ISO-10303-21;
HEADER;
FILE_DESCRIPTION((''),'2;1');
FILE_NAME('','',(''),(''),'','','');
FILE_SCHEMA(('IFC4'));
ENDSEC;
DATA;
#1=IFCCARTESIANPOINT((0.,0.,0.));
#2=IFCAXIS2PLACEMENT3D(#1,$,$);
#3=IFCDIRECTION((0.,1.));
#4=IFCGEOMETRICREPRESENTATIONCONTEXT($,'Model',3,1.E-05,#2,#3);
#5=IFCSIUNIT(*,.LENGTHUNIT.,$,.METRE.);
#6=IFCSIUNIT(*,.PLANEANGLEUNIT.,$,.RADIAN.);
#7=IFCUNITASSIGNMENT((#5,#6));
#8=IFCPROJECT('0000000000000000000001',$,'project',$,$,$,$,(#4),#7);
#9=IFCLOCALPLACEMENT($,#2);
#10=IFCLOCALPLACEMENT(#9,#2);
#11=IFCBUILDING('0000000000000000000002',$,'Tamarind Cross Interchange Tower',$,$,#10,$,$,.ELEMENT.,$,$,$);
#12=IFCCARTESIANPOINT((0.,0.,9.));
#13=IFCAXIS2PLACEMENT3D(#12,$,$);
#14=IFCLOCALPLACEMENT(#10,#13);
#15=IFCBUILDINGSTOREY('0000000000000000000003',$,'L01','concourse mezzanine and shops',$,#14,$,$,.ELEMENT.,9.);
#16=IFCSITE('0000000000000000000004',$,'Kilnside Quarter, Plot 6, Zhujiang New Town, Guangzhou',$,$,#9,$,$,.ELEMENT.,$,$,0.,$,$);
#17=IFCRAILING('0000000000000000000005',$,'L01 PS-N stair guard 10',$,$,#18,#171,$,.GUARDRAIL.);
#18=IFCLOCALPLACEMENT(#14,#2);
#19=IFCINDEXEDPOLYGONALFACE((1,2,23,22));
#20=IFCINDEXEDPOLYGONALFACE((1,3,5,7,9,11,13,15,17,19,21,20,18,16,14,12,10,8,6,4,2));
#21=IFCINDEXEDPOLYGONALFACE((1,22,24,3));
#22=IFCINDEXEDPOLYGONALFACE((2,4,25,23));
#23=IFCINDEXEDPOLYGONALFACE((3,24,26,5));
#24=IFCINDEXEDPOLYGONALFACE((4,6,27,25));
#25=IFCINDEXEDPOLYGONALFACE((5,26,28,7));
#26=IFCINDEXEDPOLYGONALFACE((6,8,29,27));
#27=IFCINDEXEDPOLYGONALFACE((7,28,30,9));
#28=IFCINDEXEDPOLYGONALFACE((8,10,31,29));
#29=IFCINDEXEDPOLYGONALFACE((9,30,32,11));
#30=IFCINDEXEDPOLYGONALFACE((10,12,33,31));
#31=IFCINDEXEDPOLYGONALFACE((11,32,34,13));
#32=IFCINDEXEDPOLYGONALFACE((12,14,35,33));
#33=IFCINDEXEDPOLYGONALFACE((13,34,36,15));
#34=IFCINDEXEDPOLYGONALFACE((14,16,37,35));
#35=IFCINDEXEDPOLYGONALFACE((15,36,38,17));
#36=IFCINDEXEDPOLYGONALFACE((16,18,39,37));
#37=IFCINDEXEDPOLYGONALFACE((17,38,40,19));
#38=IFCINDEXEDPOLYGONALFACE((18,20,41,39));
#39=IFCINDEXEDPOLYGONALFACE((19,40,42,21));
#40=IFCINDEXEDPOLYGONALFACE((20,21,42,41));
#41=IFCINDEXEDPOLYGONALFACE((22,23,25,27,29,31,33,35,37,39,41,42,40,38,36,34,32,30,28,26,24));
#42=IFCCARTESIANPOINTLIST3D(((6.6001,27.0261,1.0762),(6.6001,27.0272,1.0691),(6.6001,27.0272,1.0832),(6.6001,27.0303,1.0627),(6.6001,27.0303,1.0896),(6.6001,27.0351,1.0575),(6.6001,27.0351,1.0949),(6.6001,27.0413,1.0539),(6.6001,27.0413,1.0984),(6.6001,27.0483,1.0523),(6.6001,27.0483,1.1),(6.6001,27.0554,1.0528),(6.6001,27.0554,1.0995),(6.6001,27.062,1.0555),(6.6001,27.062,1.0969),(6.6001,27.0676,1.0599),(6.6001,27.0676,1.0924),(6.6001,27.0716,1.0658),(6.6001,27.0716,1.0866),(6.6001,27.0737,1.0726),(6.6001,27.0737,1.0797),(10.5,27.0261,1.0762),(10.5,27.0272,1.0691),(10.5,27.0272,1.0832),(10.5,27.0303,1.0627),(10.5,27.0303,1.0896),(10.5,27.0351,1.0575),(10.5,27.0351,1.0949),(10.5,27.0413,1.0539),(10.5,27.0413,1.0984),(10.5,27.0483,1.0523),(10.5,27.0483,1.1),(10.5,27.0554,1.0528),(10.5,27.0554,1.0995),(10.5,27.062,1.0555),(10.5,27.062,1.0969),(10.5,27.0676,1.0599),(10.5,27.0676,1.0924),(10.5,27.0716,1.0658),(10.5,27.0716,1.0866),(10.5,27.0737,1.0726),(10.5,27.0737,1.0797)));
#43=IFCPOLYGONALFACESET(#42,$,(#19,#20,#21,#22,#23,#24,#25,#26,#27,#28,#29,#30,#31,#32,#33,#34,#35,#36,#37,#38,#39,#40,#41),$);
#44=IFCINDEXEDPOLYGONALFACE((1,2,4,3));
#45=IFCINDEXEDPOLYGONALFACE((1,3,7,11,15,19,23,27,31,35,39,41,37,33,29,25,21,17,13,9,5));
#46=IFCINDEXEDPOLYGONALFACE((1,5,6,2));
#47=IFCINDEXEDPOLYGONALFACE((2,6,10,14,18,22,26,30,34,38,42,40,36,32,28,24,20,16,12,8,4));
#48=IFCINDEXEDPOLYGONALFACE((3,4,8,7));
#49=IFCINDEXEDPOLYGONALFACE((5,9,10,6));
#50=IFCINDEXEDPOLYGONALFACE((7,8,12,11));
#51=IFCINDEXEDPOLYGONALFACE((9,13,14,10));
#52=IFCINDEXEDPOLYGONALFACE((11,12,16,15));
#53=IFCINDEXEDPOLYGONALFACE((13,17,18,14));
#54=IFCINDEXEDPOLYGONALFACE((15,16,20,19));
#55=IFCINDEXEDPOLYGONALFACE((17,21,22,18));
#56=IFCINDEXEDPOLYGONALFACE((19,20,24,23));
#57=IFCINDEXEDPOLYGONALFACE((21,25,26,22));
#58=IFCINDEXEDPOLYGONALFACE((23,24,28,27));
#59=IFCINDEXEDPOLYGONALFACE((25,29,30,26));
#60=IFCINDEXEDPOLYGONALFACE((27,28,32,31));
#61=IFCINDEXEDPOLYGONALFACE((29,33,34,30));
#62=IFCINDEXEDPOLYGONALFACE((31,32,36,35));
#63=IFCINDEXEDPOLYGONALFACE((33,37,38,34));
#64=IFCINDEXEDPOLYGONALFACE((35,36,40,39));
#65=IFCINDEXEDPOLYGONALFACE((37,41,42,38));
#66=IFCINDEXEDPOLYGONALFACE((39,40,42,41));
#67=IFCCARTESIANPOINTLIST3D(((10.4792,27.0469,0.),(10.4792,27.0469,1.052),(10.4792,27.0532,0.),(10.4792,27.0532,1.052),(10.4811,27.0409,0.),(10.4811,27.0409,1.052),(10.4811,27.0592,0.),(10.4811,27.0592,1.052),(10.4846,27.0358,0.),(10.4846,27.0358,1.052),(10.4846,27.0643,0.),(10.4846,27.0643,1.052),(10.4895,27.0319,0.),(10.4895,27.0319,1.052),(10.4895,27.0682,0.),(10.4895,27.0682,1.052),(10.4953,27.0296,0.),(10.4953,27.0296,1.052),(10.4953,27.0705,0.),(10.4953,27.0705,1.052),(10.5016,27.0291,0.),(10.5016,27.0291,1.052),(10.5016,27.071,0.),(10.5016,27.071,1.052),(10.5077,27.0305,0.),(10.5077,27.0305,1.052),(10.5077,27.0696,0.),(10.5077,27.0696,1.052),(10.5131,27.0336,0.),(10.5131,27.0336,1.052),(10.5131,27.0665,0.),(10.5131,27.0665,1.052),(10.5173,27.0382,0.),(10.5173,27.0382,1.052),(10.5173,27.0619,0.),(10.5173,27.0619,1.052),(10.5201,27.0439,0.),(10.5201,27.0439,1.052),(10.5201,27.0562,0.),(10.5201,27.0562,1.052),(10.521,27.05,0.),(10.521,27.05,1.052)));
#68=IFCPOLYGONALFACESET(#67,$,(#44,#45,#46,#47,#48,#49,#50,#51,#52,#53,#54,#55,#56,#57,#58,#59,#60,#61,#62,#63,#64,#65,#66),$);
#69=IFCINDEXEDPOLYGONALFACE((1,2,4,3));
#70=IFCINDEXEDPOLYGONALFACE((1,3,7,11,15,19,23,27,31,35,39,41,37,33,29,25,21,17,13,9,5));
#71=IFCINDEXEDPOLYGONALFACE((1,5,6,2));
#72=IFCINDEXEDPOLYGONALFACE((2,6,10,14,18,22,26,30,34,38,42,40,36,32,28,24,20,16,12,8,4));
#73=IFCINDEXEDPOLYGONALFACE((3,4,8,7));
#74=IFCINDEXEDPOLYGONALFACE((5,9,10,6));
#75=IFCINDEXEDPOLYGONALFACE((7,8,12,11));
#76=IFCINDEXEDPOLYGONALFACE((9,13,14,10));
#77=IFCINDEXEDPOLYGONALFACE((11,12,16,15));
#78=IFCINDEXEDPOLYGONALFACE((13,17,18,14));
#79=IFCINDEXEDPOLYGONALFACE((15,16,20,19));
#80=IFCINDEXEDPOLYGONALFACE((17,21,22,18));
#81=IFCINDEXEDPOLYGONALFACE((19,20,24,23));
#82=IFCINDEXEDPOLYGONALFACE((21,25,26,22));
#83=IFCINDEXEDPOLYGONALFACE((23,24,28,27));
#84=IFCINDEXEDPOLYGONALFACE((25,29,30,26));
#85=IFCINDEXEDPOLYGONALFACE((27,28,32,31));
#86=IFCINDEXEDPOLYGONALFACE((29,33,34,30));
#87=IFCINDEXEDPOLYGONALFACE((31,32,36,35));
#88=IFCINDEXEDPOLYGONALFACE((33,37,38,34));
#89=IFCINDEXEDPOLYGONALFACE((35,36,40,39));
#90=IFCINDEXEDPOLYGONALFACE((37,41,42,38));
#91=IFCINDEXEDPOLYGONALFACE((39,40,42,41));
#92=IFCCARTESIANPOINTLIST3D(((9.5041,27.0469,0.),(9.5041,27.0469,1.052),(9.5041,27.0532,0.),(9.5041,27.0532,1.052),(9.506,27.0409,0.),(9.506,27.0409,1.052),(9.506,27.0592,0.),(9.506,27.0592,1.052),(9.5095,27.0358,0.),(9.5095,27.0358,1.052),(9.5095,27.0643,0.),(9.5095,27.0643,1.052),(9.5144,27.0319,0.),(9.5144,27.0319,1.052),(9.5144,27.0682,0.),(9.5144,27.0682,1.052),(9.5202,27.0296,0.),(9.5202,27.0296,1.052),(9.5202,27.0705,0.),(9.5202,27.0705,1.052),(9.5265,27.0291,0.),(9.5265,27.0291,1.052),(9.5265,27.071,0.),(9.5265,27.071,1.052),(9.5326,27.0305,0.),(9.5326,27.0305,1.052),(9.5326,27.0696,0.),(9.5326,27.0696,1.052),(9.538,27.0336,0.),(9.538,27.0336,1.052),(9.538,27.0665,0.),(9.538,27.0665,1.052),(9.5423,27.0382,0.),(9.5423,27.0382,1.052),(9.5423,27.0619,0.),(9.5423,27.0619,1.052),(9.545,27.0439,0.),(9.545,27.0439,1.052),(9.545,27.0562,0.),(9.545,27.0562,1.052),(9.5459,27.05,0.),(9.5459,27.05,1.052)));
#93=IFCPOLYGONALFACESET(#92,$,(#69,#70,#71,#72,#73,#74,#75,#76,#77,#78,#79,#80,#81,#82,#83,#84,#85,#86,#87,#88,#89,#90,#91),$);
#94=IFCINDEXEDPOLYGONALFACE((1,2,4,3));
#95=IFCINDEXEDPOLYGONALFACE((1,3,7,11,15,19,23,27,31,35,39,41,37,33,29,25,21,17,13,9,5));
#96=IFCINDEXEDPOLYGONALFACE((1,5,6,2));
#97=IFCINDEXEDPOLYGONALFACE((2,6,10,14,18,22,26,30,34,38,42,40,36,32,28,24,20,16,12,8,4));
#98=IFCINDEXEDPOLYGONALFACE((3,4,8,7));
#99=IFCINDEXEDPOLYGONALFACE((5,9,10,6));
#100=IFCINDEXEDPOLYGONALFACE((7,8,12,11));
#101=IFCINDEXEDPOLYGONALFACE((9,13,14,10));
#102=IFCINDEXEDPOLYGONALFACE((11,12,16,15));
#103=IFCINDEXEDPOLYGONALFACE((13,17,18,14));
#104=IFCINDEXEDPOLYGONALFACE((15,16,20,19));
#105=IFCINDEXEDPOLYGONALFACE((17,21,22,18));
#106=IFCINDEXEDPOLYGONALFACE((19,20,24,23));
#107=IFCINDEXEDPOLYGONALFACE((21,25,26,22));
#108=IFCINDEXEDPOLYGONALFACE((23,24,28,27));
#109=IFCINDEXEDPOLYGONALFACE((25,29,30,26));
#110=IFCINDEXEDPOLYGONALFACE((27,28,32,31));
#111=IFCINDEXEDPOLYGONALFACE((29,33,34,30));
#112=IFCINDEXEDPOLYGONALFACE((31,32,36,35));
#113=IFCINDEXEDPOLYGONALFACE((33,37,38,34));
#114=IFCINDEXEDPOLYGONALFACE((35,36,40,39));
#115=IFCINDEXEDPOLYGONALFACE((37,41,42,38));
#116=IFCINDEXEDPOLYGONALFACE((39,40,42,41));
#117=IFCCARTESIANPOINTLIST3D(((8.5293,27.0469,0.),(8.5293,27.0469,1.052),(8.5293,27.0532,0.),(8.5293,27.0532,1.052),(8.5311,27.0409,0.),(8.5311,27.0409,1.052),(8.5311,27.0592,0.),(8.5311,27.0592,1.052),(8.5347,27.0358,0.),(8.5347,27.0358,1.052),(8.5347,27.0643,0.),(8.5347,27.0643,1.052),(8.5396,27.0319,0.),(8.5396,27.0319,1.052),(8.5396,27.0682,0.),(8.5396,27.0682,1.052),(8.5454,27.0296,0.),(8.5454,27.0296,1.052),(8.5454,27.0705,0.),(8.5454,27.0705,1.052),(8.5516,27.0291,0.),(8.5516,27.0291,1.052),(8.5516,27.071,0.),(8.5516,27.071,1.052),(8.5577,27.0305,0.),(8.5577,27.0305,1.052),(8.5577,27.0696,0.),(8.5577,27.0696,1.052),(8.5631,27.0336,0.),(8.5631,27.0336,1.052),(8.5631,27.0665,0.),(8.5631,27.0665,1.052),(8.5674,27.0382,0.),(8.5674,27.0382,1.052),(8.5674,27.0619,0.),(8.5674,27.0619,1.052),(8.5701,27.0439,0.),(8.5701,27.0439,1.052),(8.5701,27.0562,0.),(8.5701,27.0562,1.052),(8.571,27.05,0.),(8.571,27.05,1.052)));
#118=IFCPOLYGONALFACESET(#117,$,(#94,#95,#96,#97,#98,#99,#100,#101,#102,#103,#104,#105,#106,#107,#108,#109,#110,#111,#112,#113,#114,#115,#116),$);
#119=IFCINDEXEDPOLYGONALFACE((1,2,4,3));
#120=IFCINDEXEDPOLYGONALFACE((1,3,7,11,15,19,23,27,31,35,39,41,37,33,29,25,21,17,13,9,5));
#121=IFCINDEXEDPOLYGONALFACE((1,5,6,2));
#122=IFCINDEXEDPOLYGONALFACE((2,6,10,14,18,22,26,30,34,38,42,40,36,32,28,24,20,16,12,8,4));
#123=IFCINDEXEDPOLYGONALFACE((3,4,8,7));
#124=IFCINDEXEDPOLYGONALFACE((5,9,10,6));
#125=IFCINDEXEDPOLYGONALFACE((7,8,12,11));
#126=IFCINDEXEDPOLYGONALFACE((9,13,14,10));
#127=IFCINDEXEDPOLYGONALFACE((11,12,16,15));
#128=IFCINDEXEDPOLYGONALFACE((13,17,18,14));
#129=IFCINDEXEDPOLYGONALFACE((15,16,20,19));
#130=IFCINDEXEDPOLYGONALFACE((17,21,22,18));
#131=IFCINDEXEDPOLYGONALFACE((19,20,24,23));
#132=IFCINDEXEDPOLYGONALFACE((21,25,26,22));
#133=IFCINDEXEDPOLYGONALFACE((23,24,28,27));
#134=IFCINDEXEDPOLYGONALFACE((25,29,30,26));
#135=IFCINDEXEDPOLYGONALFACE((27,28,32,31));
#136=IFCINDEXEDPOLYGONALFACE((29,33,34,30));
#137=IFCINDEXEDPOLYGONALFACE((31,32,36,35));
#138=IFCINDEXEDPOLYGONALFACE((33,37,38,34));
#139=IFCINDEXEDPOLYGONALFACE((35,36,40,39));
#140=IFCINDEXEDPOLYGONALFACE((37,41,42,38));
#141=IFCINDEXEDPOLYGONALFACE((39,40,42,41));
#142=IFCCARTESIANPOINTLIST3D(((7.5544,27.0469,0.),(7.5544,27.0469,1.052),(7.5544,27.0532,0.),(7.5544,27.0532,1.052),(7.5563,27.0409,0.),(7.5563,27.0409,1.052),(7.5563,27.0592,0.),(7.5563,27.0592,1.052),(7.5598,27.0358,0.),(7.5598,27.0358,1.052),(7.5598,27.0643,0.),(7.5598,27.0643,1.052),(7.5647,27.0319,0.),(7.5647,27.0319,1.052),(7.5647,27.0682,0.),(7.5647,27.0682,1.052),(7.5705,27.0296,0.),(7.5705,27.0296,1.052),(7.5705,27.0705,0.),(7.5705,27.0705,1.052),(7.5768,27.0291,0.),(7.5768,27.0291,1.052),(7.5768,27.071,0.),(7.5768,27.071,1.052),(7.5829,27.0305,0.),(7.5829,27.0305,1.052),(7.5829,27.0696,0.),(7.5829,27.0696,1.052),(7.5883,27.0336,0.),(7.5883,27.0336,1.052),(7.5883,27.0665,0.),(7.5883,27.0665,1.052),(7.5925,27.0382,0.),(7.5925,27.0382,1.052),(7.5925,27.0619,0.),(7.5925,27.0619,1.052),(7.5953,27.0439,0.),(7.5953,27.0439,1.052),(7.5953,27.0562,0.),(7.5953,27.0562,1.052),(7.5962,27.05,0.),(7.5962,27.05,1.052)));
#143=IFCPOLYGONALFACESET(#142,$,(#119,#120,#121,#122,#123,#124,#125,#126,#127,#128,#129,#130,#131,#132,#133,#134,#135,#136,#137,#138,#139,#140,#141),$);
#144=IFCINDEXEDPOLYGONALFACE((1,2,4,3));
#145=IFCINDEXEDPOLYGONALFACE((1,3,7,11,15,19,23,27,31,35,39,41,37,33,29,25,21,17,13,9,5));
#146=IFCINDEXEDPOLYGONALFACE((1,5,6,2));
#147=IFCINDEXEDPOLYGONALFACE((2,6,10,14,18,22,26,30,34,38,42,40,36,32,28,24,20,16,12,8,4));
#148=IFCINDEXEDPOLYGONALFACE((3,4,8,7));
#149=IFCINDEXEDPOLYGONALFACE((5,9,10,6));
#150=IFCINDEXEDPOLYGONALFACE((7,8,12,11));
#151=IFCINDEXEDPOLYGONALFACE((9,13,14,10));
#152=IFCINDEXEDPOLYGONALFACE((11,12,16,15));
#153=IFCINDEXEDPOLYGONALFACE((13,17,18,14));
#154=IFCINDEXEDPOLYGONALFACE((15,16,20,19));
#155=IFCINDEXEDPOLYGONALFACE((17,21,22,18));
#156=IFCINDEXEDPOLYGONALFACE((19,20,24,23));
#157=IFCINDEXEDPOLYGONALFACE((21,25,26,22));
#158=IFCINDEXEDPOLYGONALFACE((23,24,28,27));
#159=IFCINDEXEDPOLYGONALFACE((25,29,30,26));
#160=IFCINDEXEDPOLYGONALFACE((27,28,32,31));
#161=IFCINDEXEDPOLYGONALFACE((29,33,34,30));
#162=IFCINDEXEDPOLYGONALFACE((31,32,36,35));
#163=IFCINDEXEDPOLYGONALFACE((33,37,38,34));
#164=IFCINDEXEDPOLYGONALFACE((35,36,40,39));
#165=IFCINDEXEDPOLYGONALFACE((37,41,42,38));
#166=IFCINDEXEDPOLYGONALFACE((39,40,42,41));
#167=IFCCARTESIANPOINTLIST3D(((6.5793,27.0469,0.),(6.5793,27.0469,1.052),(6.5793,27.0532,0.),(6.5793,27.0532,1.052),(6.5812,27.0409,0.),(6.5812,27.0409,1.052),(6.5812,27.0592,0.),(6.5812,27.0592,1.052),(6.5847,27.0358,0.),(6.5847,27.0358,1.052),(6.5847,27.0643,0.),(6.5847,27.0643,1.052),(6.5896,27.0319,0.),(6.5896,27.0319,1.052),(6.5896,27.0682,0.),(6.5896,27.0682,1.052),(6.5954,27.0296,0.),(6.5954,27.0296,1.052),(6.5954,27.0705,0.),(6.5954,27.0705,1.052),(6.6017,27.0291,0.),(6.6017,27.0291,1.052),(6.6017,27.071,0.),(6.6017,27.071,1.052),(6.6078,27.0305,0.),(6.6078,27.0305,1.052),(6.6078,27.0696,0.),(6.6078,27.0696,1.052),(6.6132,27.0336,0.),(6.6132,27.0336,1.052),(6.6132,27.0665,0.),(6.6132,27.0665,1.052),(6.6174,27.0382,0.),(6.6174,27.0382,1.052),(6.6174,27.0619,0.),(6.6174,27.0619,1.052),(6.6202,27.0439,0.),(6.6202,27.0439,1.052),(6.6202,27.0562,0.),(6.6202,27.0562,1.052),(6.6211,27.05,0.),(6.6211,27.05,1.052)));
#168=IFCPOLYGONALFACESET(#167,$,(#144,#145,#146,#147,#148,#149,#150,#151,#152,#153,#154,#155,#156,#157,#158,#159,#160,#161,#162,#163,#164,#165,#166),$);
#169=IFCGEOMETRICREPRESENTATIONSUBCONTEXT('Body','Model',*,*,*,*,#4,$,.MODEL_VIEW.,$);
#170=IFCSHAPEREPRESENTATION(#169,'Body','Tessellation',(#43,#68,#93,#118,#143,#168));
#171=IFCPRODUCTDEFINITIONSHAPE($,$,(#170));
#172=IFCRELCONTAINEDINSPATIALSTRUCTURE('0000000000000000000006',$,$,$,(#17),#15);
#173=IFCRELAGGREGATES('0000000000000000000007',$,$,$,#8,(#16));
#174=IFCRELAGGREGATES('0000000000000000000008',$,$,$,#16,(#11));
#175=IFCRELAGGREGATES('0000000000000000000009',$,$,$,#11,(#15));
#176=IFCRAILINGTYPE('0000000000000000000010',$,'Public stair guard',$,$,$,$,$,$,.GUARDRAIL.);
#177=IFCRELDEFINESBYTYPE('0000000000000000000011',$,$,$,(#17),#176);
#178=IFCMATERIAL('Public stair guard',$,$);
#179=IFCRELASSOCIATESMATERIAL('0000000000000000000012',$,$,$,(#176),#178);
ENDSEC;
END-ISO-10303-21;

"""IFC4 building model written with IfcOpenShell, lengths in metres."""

from ifc_helpers import new_model, si_unit, direction, frame, origin, origin_2d, place, context, subcontext, project, spatial, circle, extrude, material, type_object, element, save


model = new_model("IFC4")

# Units and contexts
model_context = context("Model", 3, precision=1e-05, world=origin(), true_north=direction((0.0, 1.0)))
body_context = subcontext(model_context, "Body", "Model", "MODEL_VIEW")
ifc_project = project(units=[si_unit("LENGTHUNIT", "METRE"), si_unit("PLANEANGLEUNIT", "RADIAN")], contexts=[model_context])

# Site, building, storey
site_placement = place(None, origin())
site = spatial("IfcSite", under=ifc_project, at=site_placement, Name="Kilnside Quarter, Plot 6, Zhujiang New Town, Guangzhou", CompositionType="ELEMENT", RefElevation=0.0)
building_placement = place(site_placement, origin())
building = spatial("IfcBuilding", under=site, at=building_placement, Name="Tamarind Cross Interchange Tower", CompositionType="ELEMENT")
storey_placement = place(building_placement, frame((0.0, 0.0, 9.0)))
storey = spatial("IfcBuildingStorey", under=building, at=storey_placement, Name="L01", Description="concourse mezzanine and shops", CompositionType="ELEMENT", Elevation=9.0)

# Railing
ifc_material_1 = material(Name="Public stair guard")
railing_type_1 = type_object("IfcRailingType", Name="Public stair guard", PredefinedType="GUARDRAIL", material=ifc_material_1)
railing_1_placement = place(storey_placement, frame((10.5, 27.05, 0.0)))
element("IfcRailing", 1, at=railing_1_placement, inside=storey, type_object=railing_type_1, Name="L01 PS-N stair guard 10", PredefinedType="GUARDRAIL", context=body_context, shape_type="SweptSolid", body=[
    extrude(circle(Radius=0.0239, at=origin_2d()), frame((0.0, 0.0, 1.0762), z_axis=(-1.0, 0.0, 0.0), x_axis=(0.0, -1.0, 0.0)), (0.0, 0.0, 1.0), 3.8999),
    extrude(circle(Radius=0.021, at=origin_2d()), origin(), (0.0, 0.0, 1.0), 1.052),
    extrude(circle(Radius=0.021, at=origin_2d()), frame((-0.9751, 0.0, 0.0)), (0.0, 0.0, 1.0), 1.052),
    extrude(circle(Radius=0.021, at=origin_2d()), frame((-1.95, 0.0, 0.0)), (0.0, 0.0, 1.0), 1.052),
    extrude(circle(Radius=0.021, at=origin_2d()), frame((-2.9248, 0.0, 0.0)), (0.0, 0.0, 1.0), 1.052),
    extrude(circle(Radius=0.021, at=origin_2d()), frame((-3.8999, 0.0, 0.0)), (0.0, 0.0, 1.0), 1.052),
])

save(model, "model.ifc")
